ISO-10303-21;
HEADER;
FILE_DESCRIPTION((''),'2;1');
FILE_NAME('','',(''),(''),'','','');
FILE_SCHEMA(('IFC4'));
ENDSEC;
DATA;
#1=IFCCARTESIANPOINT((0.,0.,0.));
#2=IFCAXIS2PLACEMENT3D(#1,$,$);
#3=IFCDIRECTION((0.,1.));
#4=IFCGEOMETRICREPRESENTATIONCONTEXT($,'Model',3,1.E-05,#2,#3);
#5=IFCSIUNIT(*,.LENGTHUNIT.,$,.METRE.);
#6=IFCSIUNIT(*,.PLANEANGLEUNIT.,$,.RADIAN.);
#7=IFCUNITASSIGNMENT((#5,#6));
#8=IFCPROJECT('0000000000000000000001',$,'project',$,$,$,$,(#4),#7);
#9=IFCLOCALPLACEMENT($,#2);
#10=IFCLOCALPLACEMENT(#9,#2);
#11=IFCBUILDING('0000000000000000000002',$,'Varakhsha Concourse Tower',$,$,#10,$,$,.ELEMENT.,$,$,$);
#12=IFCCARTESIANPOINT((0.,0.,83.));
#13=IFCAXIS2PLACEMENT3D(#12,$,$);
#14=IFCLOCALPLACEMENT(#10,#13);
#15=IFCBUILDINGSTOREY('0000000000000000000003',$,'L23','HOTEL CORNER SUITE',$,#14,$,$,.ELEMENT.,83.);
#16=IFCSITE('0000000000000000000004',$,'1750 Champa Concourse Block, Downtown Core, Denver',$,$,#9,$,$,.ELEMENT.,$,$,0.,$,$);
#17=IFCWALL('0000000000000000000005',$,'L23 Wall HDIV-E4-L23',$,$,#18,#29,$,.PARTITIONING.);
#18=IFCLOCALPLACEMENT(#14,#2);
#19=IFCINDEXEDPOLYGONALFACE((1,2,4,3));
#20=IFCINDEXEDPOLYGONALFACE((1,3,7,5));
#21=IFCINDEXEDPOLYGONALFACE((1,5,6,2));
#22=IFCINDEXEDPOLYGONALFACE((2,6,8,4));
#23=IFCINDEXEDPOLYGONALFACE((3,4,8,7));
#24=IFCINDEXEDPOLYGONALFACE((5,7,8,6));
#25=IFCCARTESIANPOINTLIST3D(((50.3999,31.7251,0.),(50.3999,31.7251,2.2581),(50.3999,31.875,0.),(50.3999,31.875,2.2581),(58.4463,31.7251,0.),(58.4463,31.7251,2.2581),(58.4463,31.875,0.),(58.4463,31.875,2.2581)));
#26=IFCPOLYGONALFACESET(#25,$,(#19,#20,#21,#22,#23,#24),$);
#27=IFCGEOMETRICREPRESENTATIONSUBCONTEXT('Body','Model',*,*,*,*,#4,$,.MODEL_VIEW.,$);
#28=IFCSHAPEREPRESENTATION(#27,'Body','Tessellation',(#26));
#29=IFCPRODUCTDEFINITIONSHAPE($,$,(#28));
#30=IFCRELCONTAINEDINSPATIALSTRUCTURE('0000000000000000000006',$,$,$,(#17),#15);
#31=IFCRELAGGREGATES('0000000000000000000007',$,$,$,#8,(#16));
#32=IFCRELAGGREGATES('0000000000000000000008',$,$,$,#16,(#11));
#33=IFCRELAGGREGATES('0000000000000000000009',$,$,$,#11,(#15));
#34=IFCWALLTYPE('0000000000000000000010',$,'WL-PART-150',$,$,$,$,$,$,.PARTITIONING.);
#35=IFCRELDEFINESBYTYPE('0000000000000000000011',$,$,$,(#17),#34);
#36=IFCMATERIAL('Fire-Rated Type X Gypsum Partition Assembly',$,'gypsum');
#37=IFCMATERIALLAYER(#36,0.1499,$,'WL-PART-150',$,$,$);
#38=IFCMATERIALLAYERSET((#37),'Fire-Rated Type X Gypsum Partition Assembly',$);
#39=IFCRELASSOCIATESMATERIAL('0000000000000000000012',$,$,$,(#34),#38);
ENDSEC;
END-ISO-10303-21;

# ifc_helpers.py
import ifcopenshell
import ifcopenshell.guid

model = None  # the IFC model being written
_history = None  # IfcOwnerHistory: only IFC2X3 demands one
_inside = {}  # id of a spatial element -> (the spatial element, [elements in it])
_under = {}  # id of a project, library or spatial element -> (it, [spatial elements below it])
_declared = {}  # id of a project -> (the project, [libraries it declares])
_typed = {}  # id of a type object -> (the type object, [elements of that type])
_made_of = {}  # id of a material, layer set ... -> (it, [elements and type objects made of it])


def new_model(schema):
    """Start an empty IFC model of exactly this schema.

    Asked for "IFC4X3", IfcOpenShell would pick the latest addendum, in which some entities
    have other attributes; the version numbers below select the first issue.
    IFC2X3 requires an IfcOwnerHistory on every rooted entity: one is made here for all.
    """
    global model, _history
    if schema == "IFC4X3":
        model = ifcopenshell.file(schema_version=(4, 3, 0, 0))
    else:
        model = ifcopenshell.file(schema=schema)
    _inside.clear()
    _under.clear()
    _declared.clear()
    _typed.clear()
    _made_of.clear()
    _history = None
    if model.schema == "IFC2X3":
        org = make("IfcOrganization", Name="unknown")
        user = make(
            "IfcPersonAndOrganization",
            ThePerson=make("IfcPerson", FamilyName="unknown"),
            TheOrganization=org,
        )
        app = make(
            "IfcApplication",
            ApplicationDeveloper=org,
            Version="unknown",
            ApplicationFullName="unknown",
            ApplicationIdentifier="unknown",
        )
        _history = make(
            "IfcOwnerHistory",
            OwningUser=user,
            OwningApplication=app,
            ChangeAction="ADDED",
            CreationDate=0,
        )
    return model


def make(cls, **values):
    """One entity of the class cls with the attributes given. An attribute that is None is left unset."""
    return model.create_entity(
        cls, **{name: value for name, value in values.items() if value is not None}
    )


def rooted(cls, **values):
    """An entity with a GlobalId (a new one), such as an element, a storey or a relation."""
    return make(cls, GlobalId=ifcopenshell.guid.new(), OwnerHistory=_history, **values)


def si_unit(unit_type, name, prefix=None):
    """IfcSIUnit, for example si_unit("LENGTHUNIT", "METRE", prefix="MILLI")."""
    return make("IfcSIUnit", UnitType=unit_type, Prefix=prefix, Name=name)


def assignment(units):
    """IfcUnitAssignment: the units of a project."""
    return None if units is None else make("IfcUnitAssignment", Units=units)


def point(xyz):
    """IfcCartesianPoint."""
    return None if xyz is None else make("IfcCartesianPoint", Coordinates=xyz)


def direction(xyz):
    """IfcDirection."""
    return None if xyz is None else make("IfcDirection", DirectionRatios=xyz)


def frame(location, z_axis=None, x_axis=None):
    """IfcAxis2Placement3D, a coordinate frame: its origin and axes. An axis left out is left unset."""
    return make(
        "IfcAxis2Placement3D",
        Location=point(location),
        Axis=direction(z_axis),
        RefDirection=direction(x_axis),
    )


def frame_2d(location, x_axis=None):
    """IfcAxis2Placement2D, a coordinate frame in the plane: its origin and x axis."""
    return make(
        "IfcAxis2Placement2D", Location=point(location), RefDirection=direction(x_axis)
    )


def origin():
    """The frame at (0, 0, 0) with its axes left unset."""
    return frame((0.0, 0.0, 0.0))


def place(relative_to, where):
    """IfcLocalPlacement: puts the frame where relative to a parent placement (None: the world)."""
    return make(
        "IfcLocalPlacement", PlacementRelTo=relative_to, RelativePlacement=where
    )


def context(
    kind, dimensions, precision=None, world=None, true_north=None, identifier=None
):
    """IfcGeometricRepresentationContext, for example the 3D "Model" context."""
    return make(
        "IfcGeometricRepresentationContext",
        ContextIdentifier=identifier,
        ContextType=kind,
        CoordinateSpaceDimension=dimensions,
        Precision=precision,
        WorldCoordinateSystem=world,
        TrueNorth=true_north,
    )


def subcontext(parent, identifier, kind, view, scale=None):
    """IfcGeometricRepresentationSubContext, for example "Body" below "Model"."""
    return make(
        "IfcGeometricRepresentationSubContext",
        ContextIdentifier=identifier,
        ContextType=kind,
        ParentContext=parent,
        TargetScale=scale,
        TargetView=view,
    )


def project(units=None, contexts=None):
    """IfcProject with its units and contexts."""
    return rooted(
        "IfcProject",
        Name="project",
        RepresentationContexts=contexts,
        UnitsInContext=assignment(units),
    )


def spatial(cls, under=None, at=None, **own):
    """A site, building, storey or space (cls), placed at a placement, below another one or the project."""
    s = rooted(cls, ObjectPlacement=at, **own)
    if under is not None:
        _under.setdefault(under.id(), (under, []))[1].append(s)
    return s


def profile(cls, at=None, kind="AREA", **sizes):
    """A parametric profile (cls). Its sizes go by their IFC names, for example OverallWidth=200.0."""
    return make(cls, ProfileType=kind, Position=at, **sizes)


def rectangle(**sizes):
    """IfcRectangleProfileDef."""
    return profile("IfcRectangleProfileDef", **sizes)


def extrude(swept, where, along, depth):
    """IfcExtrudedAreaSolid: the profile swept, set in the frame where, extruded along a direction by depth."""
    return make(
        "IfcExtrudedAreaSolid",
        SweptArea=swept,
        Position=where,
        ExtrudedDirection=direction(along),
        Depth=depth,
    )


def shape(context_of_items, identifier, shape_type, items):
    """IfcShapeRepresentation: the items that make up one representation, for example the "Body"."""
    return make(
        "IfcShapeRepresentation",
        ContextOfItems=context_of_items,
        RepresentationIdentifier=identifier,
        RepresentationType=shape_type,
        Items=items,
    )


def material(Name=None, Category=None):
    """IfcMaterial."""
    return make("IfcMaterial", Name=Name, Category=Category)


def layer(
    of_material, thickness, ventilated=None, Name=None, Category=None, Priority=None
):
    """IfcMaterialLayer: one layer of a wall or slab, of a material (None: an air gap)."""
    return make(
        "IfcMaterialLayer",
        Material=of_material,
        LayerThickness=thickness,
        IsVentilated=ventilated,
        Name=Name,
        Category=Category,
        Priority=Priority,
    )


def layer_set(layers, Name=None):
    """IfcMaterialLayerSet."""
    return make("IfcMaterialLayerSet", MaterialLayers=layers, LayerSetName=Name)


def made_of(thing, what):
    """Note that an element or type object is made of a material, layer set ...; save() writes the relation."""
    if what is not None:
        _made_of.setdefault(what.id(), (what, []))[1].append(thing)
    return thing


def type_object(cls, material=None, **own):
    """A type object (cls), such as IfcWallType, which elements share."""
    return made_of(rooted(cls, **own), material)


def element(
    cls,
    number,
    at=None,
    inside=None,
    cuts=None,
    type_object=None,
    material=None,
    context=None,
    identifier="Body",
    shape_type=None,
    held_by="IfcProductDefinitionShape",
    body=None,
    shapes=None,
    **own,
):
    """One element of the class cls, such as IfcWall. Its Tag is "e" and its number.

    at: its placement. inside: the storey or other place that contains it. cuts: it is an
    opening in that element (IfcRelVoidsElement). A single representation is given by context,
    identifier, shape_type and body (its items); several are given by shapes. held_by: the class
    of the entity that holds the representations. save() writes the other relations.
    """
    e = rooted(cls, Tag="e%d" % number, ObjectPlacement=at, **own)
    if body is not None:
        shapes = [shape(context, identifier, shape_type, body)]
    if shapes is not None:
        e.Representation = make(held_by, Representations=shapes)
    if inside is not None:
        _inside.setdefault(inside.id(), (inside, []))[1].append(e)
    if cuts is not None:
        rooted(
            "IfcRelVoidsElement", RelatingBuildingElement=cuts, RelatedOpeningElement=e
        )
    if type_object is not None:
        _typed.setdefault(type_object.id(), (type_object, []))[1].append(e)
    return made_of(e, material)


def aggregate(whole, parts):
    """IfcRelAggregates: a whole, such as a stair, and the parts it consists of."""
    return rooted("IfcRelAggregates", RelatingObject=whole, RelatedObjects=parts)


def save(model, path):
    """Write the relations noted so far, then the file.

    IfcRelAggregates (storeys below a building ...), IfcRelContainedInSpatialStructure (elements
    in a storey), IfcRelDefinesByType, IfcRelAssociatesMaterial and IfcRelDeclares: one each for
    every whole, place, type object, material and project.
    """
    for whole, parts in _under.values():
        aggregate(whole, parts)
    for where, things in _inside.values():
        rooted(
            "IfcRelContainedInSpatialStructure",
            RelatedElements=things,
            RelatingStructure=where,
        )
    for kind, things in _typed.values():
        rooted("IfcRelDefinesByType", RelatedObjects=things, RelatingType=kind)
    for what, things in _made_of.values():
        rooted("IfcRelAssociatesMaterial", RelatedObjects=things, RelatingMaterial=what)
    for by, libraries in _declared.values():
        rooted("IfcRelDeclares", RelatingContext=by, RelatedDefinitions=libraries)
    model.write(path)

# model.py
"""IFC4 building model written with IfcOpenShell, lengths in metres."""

from ifc_helpers import new_model, si_unit, direction, frame, frame_2d, origin, place, context, subcontext, project, spatial, rectangle, extrude, material, layer, layer_set, type_object, element, save


model = new_model("IFC4")

# Units and contexts
model_context = context("Model", 3, precision=1e-05, world=origin(), true_north=direction((0.0, 1.0)))
body_context = subcontext(model_context, "Body", "Model", "MODEL_VIEW")
ifc_project = project(units=[si_unit("LENGTHUNIT", "METRE"), si_unit("PLANEANGLEUNIT", "RADIAN")], contexts=[model_context])

# Site, building, storey
site_placement = place(None, origin())
site = spatial("IfcSite", under=ifc_project, at=site_placement, Name="1750 Champa Concourse Block, Downtown Core, Denver", CompositionType="ELEMENT", RefElevation=0.0)
building_placement = place(site_placement, origin())
building = spatial("IfcBuilding", under=site, at=building_placement, Name="Varakhsha Concourse Tower", CompositionType="ELEMENT")
storey_placement = place(building_placement, frame((0.0, 0.0, 83.0)))
storey = spatial("IfcBuildingStorey", under=building, at=storey_placement, Name="L23", Description="HOTEL CORNER SUITE", CompositionType="ELEMENT", Elevation=83.0)

# Wall
ifc_material_1 = material(Name="Fire-Rated Type X Gypsum Partition Assembly", Category="gypsum")
ifc_layer_1 = layer(ifc_material_1, 0.1499, Name="WL-PART-150")
ifc_layer_set_1 = layer_set([ifc_layer_1], Name="Fire-Rated Type X Gypsum Partition Assembly")
wall_type_1 = type_object("IfcWallType", Name="WL-PART-150", PredefinedType="PARTITIONING", material=ifc_layer_set_1)
wall_1_placement = place(storey_placement, frame((50.3999, 31.8, 0.0), z_axis=(0.0, 0.0, 1.0), x_axis=(1.0, 0.0, 0.0)))
element("IfcWall", 1, at=wall_1_placement, inside=storey, type_object=wall_type_1, Name="L23 Wall HDIV-E4-L23", PredefinedType="PARTITIONING", context=body_context, shape_type="SweptSolid", body=[
    extrude(rectangle(XDim=8.0464, YDim=0.1499, at=frame_2d((4.0232, 0.0))), origin(), (0.0, 0.0, 1.0), 2.2581),
])

save(model, "model.ifc")
